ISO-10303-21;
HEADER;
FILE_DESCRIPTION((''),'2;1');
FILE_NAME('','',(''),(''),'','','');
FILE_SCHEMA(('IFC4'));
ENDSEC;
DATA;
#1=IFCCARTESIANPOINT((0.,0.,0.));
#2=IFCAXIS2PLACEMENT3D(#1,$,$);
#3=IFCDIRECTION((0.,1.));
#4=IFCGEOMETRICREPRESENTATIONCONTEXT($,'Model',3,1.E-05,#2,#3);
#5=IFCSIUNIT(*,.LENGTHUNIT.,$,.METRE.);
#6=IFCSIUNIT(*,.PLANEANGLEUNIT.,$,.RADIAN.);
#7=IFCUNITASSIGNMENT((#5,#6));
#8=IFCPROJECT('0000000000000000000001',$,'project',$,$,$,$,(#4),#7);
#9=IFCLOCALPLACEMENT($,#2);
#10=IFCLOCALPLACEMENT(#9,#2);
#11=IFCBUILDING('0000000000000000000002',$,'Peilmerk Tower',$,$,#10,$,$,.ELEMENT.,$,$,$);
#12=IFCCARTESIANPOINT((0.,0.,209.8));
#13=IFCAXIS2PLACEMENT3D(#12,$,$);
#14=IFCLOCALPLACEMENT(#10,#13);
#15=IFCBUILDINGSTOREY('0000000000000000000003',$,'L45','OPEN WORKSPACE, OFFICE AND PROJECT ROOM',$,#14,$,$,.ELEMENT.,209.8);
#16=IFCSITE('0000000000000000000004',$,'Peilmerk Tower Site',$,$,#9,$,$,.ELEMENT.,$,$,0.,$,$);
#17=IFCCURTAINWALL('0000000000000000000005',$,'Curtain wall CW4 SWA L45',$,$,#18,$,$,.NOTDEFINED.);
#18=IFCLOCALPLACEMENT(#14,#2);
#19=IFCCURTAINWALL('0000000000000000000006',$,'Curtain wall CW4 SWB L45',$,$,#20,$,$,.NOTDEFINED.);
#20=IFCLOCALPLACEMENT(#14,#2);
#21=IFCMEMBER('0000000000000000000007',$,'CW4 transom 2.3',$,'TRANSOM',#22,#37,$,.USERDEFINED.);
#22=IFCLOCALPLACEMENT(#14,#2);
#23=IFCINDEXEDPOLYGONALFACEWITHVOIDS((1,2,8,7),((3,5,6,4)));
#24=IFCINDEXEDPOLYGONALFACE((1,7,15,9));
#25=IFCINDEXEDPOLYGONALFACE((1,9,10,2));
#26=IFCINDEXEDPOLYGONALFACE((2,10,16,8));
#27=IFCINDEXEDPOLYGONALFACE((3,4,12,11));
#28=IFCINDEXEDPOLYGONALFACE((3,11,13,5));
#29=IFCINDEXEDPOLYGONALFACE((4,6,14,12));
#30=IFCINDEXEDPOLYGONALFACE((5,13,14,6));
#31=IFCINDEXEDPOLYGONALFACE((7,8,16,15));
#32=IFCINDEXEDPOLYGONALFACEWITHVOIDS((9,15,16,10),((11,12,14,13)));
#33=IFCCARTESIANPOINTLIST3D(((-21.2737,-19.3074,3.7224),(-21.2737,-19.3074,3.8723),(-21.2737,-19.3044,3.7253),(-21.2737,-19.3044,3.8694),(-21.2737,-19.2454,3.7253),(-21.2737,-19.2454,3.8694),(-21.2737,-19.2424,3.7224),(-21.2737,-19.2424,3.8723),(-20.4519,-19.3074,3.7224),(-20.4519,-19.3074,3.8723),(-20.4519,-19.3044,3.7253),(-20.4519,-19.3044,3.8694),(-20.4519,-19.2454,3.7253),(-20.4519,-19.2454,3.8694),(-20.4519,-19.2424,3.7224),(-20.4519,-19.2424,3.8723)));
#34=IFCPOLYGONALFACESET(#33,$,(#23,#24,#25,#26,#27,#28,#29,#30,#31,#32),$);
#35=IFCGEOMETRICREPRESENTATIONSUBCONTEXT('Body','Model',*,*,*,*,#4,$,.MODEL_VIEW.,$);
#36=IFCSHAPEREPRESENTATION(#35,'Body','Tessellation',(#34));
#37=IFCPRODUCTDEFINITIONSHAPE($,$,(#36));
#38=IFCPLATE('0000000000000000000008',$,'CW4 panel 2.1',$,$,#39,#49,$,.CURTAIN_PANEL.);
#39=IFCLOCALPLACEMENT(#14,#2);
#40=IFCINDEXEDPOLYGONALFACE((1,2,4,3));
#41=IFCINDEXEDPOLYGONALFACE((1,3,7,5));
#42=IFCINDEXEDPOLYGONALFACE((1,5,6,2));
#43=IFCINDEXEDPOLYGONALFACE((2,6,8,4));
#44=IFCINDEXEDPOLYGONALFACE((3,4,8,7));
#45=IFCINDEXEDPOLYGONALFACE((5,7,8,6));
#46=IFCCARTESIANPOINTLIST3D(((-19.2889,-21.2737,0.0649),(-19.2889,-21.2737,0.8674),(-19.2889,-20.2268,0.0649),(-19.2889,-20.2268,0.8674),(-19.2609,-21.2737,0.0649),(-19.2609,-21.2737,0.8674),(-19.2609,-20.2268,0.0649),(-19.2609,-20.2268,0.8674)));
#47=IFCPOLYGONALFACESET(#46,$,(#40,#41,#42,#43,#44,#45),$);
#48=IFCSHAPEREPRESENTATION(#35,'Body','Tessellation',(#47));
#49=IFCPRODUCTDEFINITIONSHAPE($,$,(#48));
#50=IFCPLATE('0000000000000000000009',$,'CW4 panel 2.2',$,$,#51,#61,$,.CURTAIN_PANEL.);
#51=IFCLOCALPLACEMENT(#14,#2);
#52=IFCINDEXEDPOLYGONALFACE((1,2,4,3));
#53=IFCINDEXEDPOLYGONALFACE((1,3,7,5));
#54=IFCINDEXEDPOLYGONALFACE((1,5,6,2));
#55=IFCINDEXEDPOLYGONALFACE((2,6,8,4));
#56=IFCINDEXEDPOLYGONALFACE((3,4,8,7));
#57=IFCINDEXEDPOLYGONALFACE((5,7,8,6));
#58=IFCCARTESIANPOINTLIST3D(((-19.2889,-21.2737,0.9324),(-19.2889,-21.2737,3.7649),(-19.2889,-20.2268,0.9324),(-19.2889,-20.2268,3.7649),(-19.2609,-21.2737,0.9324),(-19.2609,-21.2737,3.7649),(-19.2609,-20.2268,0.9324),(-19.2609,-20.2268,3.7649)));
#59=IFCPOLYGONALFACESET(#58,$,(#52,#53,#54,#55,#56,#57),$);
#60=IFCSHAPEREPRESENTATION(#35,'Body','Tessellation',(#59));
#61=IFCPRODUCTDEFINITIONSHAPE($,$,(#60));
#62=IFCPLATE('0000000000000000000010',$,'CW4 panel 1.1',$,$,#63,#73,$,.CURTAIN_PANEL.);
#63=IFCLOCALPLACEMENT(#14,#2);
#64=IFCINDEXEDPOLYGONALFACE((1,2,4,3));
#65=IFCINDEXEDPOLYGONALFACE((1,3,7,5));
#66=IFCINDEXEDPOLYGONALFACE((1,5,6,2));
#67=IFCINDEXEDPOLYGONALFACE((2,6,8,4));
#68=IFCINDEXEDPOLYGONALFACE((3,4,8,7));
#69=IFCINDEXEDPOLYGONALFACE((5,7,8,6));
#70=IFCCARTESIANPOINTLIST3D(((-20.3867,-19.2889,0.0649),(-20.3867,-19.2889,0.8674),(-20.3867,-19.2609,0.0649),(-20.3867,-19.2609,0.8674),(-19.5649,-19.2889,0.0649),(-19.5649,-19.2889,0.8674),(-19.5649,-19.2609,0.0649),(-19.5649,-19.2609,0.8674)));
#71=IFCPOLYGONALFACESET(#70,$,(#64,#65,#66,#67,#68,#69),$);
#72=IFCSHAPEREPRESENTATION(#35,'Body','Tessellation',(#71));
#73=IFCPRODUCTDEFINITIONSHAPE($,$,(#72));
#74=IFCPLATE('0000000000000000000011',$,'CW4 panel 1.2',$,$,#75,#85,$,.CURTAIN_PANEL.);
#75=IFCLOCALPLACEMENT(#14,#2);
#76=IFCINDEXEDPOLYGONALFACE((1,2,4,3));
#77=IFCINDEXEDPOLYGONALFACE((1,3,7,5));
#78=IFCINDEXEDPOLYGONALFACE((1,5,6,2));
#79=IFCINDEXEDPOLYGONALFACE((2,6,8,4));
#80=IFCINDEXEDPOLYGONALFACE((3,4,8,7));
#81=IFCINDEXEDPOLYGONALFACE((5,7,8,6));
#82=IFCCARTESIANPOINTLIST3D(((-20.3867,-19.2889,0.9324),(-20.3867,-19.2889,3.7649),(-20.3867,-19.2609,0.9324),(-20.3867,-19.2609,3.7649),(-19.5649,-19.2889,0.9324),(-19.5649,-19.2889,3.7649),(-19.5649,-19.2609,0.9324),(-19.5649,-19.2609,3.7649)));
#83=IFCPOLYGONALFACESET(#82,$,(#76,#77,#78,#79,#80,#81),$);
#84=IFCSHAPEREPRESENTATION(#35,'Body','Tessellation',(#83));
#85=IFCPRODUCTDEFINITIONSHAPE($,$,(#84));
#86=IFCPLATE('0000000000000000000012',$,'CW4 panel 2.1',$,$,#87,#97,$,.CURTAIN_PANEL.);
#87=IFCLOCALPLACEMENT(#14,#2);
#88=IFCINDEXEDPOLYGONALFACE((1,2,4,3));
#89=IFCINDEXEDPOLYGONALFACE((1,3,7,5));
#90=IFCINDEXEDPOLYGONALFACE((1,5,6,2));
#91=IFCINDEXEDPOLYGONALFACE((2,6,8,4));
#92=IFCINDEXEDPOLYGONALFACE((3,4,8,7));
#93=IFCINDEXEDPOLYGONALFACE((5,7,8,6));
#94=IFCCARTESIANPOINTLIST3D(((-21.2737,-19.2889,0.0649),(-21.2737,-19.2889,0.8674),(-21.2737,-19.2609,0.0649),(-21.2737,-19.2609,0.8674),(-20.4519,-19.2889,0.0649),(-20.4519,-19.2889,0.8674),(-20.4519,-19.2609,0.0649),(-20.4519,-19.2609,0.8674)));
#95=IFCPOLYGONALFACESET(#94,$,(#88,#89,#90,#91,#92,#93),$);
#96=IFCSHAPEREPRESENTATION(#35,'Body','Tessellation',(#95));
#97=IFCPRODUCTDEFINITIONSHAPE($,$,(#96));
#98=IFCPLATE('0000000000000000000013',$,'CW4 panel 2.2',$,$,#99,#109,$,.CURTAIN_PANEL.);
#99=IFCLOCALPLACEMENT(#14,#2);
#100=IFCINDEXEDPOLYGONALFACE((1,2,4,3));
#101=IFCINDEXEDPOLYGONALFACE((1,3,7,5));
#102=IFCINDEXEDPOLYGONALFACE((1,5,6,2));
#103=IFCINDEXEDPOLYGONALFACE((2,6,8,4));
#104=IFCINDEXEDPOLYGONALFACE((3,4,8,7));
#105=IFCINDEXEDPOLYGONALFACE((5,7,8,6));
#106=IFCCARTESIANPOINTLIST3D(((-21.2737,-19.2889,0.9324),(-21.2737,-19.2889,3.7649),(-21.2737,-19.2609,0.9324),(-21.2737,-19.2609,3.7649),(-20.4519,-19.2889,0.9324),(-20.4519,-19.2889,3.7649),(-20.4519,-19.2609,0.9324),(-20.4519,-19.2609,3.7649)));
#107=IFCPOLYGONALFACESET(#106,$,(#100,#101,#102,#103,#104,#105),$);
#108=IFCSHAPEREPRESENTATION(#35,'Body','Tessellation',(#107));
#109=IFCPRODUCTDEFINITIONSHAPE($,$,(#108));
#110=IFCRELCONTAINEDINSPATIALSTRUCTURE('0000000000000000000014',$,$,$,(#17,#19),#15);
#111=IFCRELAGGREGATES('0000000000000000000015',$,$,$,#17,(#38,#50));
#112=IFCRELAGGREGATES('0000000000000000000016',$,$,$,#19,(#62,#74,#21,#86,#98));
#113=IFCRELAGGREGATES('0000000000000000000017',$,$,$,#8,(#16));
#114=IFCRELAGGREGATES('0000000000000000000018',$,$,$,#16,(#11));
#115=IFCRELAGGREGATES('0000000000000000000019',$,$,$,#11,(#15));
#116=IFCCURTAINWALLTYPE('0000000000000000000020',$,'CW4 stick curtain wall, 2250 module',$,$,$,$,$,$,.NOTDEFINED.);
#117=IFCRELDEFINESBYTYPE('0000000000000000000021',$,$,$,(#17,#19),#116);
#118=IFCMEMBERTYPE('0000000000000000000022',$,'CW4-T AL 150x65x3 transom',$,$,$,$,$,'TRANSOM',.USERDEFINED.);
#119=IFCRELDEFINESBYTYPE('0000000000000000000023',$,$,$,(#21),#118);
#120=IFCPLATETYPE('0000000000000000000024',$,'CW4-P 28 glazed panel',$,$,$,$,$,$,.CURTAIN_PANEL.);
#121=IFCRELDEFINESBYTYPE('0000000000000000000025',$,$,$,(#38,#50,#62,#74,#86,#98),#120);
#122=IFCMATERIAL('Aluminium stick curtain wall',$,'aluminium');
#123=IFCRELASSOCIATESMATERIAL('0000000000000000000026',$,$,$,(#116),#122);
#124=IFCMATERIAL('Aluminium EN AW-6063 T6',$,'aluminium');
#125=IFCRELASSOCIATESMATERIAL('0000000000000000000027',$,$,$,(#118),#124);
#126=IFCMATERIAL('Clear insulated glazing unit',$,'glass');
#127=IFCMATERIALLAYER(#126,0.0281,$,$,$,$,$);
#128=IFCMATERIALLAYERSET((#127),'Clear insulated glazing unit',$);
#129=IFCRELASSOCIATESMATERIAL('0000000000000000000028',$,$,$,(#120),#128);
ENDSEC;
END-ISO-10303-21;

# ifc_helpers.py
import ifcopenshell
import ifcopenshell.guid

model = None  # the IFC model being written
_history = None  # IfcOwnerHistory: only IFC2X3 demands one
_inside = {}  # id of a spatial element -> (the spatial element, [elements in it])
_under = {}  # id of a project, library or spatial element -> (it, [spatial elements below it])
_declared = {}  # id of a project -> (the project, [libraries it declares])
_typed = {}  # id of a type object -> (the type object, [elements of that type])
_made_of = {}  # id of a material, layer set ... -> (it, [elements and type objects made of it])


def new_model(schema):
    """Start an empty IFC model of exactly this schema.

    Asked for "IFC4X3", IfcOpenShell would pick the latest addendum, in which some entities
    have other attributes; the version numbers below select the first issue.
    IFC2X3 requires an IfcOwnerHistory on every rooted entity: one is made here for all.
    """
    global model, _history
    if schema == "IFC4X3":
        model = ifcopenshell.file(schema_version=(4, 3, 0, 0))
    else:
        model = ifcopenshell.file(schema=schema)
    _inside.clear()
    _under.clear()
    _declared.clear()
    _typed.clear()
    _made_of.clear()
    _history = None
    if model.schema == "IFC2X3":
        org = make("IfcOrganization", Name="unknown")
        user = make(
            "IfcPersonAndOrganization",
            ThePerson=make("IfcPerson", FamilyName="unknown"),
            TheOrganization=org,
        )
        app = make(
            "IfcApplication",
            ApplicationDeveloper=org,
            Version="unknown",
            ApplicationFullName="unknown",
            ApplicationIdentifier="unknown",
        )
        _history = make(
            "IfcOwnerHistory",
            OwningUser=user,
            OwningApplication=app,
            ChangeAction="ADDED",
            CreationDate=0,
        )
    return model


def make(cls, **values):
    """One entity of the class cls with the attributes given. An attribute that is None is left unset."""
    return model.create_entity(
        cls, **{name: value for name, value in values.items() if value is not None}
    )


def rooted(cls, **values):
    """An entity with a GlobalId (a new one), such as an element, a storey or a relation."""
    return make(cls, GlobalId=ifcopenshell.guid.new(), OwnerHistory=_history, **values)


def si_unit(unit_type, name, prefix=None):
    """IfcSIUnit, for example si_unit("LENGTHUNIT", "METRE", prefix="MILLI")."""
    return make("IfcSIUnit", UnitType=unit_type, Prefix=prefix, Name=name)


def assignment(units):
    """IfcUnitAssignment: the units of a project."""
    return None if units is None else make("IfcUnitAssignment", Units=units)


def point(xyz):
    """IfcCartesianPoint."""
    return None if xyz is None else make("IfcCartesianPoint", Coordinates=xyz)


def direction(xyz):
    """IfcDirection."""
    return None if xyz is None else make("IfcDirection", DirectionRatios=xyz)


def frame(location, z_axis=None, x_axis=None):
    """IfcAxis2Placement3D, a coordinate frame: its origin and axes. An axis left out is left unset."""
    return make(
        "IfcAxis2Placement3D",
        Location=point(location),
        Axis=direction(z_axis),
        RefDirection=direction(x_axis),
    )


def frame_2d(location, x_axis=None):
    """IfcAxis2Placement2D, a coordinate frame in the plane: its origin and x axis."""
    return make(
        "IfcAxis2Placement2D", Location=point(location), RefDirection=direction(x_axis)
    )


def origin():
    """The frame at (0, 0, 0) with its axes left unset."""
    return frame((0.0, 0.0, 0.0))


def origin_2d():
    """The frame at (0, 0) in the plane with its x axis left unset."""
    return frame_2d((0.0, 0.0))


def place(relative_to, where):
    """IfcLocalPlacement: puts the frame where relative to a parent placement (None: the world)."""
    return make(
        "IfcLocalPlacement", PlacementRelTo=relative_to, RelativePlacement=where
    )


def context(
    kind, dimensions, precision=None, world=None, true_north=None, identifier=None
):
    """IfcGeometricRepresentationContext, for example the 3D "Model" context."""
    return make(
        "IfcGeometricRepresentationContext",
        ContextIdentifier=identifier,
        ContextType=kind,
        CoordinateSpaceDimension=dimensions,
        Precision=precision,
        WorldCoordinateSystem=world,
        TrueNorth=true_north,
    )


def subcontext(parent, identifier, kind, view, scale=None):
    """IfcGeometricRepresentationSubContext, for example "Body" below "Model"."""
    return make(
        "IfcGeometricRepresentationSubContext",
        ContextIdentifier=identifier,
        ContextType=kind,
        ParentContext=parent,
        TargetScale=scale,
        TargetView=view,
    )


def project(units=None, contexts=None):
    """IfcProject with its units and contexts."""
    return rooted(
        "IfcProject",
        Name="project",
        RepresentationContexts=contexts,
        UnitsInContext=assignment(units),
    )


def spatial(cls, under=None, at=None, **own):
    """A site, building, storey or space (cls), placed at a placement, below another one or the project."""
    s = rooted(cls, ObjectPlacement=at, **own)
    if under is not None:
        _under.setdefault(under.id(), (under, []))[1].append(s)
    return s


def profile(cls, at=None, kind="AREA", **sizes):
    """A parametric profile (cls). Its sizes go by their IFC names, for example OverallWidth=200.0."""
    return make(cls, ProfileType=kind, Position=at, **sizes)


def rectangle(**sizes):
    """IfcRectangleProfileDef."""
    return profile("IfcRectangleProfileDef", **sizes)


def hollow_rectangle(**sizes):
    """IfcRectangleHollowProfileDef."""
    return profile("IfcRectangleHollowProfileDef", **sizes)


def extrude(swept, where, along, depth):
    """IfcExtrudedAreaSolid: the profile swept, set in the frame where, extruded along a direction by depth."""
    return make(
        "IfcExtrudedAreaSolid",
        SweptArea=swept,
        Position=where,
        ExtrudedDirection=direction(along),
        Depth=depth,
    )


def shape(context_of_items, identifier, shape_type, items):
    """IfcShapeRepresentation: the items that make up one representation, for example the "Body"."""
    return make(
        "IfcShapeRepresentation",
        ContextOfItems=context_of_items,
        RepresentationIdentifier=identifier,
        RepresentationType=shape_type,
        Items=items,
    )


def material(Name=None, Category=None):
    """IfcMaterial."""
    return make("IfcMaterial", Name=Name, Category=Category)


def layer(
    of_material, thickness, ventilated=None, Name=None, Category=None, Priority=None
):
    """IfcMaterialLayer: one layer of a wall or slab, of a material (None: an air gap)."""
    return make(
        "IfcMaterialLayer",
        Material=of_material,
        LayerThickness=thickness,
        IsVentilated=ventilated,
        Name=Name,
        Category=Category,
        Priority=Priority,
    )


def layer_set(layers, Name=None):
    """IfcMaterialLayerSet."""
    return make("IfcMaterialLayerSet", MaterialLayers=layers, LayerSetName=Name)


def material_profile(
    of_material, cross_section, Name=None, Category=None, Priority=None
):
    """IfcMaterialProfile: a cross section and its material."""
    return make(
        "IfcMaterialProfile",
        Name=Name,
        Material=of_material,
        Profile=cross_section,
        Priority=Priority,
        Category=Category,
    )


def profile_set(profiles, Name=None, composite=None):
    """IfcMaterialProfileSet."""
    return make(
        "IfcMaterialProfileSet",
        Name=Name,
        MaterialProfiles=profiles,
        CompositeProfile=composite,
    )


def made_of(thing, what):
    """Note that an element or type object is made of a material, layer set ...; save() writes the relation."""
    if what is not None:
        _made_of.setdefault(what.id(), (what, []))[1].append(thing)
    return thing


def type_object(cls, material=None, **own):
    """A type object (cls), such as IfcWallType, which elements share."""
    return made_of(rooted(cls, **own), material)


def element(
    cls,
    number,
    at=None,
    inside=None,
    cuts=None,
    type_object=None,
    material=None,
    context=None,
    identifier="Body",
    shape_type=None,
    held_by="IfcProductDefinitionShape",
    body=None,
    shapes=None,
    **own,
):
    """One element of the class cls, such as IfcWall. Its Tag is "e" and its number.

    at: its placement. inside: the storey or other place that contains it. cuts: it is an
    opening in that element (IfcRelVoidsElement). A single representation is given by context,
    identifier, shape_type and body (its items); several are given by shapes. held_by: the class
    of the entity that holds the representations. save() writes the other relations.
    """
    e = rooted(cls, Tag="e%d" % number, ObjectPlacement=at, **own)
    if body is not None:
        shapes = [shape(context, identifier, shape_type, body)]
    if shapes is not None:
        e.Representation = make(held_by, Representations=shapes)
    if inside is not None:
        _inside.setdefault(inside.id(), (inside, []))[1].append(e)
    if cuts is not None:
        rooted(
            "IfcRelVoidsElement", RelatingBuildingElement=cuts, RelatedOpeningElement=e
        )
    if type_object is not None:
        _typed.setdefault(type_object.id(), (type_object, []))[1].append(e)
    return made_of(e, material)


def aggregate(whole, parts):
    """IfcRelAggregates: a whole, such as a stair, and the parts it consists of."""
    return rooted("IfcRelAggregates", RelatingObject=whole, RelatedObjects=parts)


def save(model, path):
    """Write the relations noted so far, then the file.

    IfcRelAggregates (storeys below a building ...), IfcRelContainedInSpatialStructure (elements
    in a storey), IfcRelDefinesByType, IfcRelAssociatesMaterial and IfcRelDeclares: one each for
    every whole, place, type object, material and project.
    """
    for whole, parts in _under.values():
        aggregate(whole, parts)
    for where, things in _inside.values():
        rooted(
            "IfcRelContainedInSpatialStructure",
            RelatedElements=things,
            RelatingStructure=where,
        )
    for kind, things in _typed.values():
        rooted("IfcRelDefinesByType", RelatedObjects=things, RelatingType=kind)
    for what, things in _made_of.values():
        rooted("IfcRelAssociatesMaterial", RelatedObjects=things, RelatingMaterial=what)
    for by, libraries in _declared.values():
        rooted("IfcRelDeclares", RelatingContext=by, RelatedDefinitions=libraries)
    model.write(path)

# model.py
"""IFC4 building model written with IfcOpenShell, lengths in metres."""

from ifc_helpers import new_model, si_unit, direction, frame, origin, origin_2d, place, context, subcontext, project, spatial, rectangle, hollow_rectangle, extrude, material, layer, layer_set, material_profile, profile_set, type_object, element, aggregate, save


model = new_model("IFC4")

# Units and contexts
model_context = context("Model", 3, precision=1e-05, world=origin(), true_north=direction((0.0, 1.0)))
body_context = subcontext(model_context, "Body", "Model", "MODEL_VIEW")
ifc_project = project(units=[si_unit("LENGTHUNIT", "METRE"), si_unit("PLANEANGLEUNIT", "RADIAN")], contexts=[model_context])

# Site, building, storey
site_placement = place(None, origin())
site = spatial("IfcSite", under=ifc_project, at=site_placement, Name="Peilmerk Tower Site", CompositionType="ELEMENT", RefElevation=0.0)
building_placement = place(site_placement, origin())
building = spatial("IfcBuilding", under=site, at=building_placement, Name="Peilmerk Tower", CompositionType="ELEMENT")
storey_placement = place(building_placement, frame((0.0, 0.0, 209.8)))
storey = spatial("IfcBuildingStorey", under=building, at=storey_placement, Name="L45", Description="OPEN WORKSPACE, OFFICE AND PROJECT ROOM", CompositionType="ELEMENT", Elevation=209.8)

# Curtain wall
ifc_material_1 = material(Name="Aluminium stick curtain wall", Category="aluminium")
curtain_wall_type = type_object("IfcCurtainWallType", Name="CW4 stick curtain wall, 2250 module", PredefinedType="NOTDEFINED", material=ifc_material_1)
curtain_wall_1_placement = place(storey_placement, origin())
curtain_wall_1 = element("IfcCurtainWall", 1, at=curtain_wall_1_placement, inside=storey, type_object=curtain_wall_type, Name="Curtain wall CW4 SWA L45", PredefinedType="NOTDEFINED")
ifc_material_2 = material(Name="Aluminium EN AW-6063 T6", Category="aluminium")

# Curtain wall
curtain_wall_2_placement = place(storey_placement, origin())
curtain_wall_2 = element("IfcCurtainWall", 2, at=curtain_wall_2_placement, inside=storey, type_object=curtain_wall_type, Name="Curtain wall CW4 SWB L45", PredefinedType="NOTDEFINED")

# Member
ifc_material_profile_1 = material_profile(ifc_material_2, hollow_rectangle(XDim=0.0649, YDim=0.1499, WallThickness=0.0029, at=origin_2d()), Name="AL 150x65x3")
ifc_profile_set_1 = profile_set([ifc_material_profile_1], Name="Aluminium EN AW-6063 T6")
member_type_1 = type_object("IfcMemberType", Name="CW4-T AL 150x65x3 transom", ElementType="TRANSOM", PredefinedType="USERDEFINED", material=ifc_profile_set_1)
member_1_placement = place(storey_placement, frame((-20.4519, -19.2749, 3.7974), z_axis=(-1.0, 0.0, 0.0), x_axis=(0.0, -1.0, 0.0)))
member_1 = element("IfcMember", 3, at=member_1_placement, type_object=member_type_1, Name="CW4 transom 2.3", ObjectType="TRANSOM", PredefinedType="USERDEFINED", context=body_context, shape_type="SweptSolid", body=[
    extrude(hollow_rectangle(XDim=0.0649, YDim=0.1499, WallThickness=0.0029, at=origin_2d()), origin(), (0.0, 0.0, 1.0), 0.8218),
])

# Plates
ifc_material_3 = material(Name="Clear insulated glazing unit", Category="glass")
ifc_layer_1 = layer(ifc_material_3, 0.0281)
ifc_layer_set_1 = layer_set([ifc_layer_1], Name="Clear insulated glazing unit")
plate_type = type_object("IfcPlateType", Name="CW4-P 28 glazed panel", PredefinedType="CURTAIN_PANEL", material=ifc_layer_set_1)
plate_1_placement = place(storey_placement, frame((-19.2749, -20.7502, 0.0649), z_axis=(0.0, 0.0, 1.0), x_axis=(0.0, -1.0, 0.0)))
plate_1 = element("IfcPlate", 4, at=plate_1_placement, type_object=plate_type, Name="CW4 panel 2.1", PredefinedType="CURTAIN_PANEL", context=body_context, shape_type="SweptSolid", body=[
    extrude(rectangle(XDim=1.0469, YDim=0.0281, at=origin_2d()), origin(), (0.0, 0.0, 1.0), 0.8025),
])
plate_2_placement = place(storey_placement, frame((-19.2749, -20.7502, 0.9324), z_axis=(0.0, 0.0, 1.0), x_axis=(0.0, -1.0, 0.0)))
plate_2 = element("IfcPlate", 5, at=plate_2_placement, type_object=plate_type, Name="CW4 panel 2.2", PredefinedType="CURTAIN_PANEL", context=body_context, shape_type="SweptSolid", body=[
    extrude(rectangle(XDim=1.0469, YDim=0.0281, at=origin_2d()), origin(), (0.0, 0.0, 1.0), 2.8325),
])
aggregate(curtain_wall_1, [plate_1, plate_2])
plate_3_placement = place(storey_placement, frame((-19.9758, -19.2749, 0.0649), z_axis=(0.0, 0.0, 1.0), x_axis=(-1.0, 0.0, 0.0)))
plate_3 = element("IfcPlate", 6, at=plate_3_placement, type_object=plate_type, Name="CW4 panel 1.1", PredefinedType="CURTAIN_PANEL", context=body_context, shape_type="SweptSolid", body=[
    extrude(rectangle(XDim=0.8218, YDim=0.0281, at=origin_2d()), origin(), (0.0, 0.0, 1.0), 0.8025),
])
plate_4_placement = place(storey_placement, frame((-19.9758, -19.2749, 0.9324), z_axis=(0.0, 0.0, 1.0), x_axis=(-1.0, 0.0, 0.0)))
plate_4 = element("IfcPlate", 7, at=plate_4_placement, type_object=plate_type, Name="CW4 panel 1.2", PredefinedType="CURTAIN_PANEL", context=body_context, shape_type="SweptSolid", body=[
    extrude(rectangle(XDim=0.8218, YDim=0.0281, at=origin_2d()), origin(), (0.0, 0.0, 1.0), 2.8325),
])
plate_5_placement = place(storey_placement, frame((-20.8628, -19.2749, 0.0649), z_axis=(0.0, 0.0, 1.0), x_axis=(-1.0, 0.0, 0.0)))
plate_5 = element("IfcPlate", 8, at=plate_5_placement, type_object=plate_type, Name="CW4 panel 2.1", PredefinedType="CURTAIN_PANEL", context=body_context, shape_type="SweptSolid", body=[
    extrude(rectangle(XDim=0.8218, YDim=0.0281, at=origin_2d()), origin(), (0.0, 0.0, 1.0), 0.8025),
])
plate_6_placement = place(storey_placement, frame((-20.8628, -19.2749, 0.9324), z_axis=(0.0, 0.0, 1.0), x_axis=(-1.0, 0.0, 0.0)))
plate_6 = element("IfcPlate", 9, at=plate_6_placement, type_object=plate_type, Name="CW4 panel 2.2", PredefinedType="CURTAIN_PANEL", context=body_context, shape_type="SweptSolid", body=[
    extrude(rectangle(XDim=0.8218, YDim=0.0281, at=origin_2d()), origin(), (0.0, 0.0, 1.0), 2.8325),
])
aggregate(curtain_wall_2, [plate_3, plate_4, member_1, plate_5, plate_6])

save(model, "model.ifc")
